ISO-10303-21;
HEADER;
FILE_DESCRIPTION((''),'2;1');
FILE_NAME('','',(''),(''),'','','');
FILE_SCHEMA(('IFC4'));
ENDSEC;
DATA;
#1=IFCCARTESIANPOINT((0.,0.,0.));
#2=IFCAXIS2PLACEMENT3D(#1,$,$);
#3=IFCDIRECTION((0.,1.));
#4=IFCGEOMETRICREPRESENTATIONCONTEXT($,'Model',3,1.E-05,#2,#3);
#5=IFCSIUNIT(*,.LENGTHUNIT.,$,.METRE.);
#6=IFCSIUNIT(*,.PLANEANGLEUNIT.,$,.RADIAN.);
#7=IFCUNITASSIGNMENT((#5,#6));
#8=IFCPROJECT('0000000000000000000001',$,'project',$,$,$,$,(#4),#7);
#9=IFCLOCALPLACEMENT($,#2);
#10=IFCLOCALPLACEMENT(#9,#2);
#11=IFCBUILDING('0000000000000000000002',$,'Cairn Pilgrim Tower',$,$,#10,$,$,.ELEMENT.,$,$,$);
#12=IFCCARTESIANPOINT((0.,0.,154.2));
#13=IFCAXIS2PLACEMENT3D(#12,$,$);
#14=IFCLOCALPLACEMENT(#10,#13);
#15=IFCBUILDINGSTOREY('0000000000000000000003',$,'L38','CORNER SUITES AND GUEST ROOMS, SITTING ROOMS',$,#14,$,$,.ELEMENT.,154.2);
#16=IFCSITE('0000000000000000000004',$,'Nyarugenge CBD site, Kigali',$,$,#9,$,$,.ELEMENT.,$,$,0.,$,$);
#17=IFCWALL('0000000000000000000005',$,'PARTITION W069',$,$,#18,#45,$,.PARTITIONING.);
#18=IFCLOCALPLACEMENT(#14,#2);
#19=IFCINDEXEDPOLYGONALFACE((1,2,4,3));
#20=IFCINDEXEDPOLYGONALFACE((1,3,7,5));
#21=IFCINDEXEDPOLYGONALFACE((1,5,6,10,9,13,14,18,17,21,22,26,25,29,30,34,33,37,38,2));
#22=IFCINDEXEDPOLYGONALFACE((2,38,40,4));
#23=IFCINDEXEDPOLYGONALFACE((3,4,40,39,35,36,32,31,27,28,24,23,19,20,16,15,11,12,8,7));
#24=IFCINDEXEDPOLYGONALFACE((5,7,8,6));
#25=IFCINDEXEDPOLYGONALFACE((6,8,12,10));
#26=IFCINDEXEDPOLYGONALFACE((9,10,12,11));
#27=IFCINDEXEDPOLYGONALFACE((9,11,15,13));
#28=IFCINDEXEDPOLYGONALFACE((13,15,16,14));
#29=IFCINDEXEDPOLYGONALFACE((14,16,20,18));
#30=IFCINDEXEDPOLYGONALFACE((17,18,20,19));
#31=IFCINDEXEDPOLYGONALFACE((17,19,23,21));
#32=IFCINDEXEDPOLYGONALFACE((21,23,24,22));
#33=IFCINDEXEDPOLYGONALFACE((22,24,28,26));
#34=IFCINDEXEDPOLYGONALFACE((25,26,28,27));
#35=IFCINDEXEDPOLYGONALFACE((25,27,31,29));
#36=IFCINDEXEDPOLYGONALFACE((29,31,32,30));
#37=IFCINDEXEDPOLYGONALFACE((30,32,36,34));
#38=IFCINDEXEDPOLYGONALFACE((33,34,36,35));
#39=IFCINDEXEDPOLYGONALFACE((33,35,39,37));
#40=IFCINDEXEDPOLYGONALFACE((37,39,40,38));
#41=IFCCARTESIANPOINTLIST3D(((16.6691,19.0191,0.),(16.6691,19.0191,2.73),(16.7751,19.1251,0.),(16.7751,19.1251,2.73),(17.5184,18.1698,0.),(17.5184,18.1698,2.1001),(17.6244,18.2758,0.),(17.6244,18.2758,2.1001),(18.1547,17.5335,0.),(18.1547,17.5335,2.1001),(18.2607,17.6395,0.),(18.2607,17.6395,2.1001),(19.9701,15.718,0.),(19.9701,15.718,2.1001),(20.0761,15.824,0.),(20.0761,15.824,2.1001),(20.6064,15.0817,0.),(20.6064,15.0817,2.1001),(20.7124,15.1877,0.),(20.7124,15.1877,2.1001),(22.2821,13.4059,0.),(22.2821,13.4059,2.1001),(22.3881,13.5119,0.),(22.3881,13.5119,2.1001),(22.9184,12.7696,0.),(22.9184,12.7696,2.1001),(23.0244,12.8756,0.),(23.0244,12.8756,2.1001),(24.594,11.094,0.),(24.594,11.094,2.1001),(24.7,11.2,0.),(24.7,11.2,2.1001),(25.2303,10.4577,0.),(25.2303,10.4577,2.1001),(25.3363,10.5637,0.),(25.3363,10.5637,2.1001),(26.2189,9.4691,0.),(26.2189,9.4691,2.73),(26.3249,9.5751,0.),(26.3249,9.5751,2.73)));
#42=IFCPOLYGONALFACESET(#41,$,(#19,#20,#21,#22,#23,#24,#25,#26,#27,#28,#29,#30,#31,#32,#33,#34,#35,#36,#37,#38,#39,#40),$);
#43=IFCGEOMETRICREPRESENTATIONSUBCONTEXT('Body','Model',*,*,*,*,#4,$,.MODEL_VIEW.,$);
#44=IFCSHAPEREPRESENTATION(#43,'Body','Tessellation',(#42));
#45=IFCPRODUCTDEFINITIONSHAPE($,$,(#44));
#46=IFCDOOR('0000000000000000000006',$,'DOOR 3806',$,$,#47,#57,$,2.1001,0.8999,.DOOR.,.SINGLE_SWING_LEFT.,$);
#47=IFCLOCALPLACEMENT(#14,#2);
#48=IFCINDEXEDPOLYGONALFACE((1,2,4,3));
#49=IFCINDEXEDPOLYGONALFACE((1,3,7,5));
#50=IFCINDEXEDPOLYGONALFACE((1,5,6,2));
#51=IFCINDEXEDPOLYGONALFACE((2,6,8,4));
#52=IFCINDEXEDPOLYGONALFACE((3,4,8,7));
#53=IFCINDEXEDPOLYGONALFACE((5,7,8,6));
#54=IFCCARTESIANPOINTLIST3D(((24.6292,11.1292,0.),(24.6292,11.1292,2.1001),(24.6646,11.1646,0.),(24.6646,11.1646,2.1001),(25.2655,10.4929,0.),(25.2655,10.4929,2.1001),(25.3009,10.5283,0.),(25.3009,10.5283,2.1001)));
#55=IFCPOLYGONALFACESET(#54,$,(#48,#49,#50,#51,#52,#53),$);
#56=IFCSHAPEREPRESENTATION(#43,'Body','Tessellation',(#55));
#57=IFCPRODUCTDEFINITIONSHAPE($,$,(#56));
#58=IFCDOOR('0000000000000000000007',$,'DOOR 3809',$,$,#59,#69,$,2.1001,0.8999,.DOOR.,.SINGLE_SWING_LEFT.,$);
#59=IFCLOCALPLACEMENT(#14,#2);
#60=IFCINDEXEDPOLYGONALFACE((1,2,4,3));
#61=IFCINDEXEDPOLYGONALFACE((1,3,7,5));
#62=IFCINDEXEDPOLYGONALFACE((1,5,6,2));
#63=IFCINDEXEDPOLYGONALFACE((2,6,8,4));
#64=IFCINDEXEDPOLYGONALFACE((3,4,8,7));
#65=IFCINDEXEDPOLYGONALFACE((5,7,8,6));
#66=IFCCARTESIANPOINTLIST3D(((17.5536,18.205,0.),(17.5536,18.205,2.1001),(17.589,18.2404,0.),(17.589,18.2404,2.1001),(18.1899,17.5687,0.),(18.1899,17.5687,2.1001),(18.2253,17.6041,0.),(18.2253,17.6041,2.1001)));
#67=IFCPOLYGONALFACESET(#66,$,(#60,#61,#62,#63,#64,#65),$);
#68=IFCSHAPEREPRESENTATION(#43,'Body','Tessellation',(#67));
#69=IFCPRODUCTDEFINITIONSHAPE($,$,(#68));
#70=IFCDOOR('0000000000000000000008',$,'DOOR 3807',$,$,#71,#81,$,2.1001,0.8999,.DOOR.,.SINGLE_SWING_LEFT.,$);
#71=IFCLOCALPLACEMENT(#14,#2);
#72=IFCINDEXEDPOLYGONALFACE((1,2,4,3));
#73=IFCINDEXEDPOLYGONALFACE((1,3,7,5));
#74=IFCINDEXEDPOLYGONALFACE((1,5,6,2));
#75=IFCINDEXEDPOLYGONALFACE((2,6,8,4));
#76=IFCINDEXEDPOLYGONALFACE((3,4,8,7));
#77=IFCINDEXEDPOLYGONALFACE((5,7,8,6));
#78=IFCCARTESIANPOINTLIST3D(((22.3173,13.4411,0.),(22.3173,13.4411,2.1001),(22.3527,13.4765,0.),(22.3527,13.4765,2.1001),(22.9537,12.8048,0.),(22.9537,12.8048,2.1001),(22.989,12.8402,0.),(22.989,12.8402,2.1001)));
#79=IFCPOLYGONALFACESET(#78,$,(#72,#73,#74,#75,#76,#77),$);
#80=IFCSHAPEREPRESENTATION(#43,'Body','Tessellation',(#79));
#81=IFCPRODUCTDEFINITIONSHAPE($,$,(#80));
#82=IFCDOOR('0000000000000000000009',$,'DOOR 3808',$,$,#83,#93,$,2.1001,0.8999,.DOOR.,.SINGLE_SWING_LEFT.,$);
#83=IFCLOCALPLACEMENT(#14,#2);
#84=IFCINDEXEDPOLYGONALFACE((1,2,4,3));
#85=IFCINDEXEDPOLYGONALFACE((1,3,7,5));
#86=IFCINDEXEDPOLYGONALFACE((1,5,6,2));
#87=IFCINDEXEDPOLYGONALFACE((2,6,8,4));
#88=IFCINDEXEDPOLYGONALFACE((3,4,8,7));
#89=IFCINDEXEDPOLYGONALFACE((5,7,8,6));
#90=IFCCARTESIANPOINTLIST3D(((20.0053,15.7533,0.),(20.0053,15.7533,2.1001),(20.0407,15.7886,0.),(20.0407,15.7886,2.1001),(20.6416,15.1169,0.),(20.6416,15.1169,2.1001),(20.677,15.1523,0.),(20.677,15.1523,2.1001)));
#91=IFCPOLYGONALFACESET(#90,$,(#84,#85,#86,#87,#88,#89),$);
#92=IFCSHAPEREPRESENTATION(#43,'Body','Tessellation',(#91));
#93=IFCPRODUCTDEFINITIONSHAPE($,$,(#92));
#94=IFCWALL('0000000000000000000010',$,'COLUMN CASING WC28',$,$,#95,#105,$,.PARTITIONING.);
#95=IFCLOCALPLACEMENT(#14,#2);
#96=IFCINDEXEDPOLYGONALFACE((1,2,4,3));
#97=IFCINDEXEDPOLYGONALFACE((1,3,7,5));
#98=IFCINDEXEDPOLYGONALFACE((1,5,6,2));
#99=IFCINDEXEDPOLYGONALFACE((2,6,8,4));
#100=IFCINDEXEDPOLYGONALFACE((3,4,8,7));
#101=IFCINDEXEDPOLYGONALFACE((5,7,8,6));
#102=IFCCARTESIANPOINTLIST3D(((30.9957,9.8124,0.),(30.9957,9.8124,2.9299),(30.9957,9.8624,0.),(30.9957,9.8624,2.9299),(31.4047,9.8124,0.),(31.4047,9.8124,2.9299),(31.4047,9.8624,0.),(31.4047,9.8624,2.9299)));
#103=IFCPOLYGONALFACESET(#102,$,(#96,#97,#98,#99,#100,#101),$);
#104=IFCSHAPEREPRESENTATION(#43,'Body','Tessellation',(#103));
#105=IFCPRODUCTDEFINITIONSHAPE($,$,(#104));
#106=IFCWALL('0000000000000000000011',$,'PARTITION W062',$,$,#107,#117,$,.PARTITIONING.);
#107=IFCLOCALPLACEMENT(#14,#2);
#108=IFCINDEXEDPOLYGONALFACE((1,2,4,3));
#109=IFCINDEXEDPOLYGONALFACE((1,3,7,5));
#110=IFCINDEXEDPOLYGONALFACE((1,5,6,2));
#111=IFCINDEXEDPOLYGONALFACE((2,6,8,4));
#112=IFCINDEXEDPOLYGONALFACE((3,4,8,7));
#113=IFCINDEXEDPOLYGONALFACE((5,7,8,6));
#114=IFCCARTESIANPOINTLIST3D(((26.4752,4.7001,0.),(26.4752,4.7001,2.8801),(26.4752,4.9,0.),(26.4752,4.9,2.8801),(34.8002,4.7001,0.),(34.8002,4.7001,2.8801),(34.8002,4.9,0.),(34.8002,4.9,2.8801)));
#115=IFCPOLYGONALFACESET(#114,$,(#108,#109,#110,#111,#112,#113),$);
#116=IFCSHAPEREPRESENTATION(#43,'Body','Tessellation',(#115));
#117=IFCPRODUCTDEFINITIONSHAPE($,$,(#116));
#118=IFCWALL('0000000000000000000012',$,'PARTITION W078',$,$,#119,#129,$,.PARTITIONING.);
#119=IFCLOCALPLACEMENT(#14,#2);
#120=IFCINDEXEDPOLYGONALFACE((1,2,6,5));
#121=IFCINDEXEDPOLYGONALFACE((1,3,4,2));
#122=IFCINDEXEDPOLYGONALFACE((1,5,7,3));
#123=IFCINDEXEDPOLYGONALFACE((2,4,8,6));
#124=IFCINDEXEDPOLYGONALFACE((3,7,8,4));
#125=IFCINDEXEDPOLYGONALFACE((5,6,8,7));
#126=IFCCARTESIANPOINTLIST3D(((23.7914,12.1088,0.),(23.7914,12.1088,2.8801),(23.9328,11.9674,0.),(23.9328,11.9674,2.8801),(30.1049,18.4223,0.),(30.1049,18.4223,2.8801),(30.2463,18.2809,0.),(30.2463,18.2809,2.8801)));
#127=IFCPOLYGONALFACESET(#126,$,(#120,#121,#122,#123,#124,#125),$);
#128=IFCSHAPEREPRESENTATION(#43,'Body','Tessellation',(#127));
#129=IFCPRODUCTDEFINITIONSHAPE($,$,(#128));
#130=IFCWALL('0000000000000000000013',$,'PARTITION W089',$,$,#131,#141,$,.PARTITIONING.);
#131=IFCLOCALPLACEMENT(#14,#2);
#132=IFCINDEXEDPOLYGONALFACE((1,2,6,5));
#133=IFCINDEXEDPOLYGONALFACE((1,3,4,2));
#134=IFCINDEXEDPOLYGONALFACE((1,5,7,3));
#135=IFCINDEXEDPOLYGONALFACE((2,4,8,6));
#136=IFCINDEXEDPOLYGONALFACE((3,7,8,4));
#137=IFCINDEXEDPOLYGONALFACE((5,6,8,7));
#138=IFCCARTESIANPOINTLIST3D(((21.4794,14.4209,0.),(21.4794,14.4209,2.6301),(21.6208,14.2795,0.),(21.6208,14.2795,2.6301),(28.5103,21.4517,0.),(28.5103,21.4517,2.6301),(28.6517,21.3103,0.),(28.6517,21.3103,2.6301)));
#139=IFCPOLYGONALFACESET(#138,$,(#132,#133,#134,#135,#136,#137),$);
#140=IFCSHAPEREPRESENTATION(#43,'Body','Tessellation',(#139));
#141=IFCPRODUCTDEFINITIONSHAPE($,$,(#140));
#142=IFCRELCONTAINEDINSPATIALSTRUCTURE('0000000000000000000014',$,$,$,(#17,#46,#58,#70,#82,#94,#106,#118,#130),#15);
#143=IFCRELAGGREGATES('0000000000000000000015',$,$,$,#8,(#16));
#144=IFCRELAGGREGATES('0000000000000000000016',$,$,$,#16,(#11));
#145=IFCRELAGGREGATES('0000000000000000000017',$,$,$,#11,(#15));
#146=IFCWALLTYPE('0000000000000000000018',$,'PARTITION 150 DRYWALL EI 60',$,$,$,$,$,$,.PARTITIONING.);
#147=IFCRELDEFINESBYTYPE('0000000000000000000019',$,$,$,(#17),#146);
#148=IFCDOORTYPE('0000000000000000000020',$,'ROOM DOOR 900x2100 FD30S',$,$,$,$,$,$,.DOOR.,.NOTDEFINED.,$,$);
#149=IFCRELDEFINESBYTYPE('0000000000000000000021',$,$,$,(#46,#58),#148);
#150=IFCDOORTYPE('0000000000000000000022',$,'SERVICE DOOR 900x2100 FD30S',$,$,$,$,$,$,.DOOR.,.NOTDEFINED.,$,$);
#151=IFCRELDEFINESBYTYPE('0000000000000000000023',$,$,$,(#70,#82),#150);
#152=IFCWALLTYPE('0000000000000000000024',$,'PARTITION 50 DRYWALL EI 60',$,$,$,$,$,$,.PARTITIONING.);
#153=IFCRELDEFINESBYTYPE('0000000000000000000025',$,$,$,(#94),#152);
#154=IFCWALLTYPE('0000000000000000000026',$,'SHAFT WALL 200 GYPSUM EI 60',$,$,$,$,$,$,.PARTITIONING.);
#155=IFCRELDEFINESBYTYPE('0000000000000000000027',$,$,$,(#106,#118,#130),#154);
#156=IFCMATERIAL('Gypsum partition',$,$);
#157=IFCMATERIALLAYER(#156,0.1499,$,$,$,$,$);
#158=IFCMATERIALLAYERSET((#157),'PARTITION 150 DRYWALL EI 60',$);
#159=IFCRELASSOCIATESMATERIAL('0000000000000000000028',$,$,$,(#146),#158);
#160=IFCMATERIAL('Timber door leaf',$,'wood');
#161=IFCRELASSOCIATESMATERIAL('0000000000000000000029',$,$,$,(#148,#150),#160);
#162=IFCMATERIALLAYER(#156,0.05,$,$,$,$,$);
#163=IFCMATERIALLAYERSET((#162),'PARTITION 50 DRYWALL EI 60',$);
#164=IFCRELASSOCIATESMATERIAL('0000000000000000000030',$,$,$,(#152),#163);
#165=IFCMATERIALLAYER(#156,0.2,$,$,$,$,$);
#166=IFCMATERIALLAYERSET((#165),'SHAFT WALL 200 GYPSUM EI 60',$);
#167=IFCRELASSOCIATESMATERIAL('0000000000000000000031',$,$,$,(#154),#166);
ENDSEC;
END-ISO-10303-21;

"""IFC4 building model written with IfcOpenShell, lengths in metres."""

from ifc_helpers import new_model, si_unit, direction, frame, frame_2d, origin, place, context, subcontext, project, spatial, rectangle, extrude, material, layer, layer_set, type_object, element, fill, save


model = new_model("IFC4")

# Units and contexts
model_context = context("Model", 3, precision=1e-05, world=origin(), true_north=direction((0.0, 1.0)))
body_context = subcontext(model_context, "Body", "Model", "MODEL_VIEW")
ifc_project = project(units=[si_unit("LENGTHUNIT", "METRE"), si_unit("PLANEANGLEUNIT", "RADIAN")], contexts=[model_context])

# Site, building, storey
site_placement = place(None, origin())
site = spatial("IfcSite", under=ifc_project, at=site_placement, Name="Nyarugenge CBD site, Kigali", CompositionType="ELEMENT", RefElevation=0.0)
building_placement = place(site_placement, origin())
building = spatial("IfcBuilding", under=site, at=building_placement, Name="Cairn Pilgrim Tower", CompositionType="ELEMENT")
storey_placement = place(building_placement, frame((0.0, 0.0, 154.2)))
storey = spatial("IfcBuildingStorey", under=building, at=storey_placement, Name="L38", Description="CORNER SUITES AND GUEST ROOMS, SITTING ROOMS", CompositionType="ELEMENT", Elevation=154.2)

# Shared definitions
ifc_material_1 = material(Name="Gypsum partition")

# Shared definitions
ifc_material_2 = material(Name="Timber door leaf", Category="wood")

# Shared definitions
ifc_layer_1 = layer(ifc_material_1, 0.1499)
ifc_layer_set_1 = layer_set([ifc_layer_1], Name="PARTITION 150 DRYWALL EI 60")
wall_type_1 = type_object("IfcWallType", Name="PARTITION 150 DRYWALL EI 60", PredefinedType="PARTITIONING", material=ifc_layer_set_1)

# Wall, openings, doors
wall_1_placement = place(storey_placement, frame((26.272, 9.522, 0.0), z_axis=(0.0, 0.0, 1.0), x_axis=(-0.707098, 0.707116, 0.0)))
wall_1 = element("IfcWall", 1, at=wall_1_placement, inside=storey, type_object=wall_type_1, Name="PARTITION W069", PredefinedType="PARTITIONING", context=body_context, shape_type="SweptSolid", body=[
    extrude(rectangle(XDim=13.5056, YDim=0.1499, at=frame_2d((6.7529, 0.0))), origin(), (0.0, 0.0, 1.0), 2.73),
])
opening_1_placement = place(wall_1_placement, frame((1.3982, 0.0, 0.0)))
opening_1 = element("IfcOpeningElement", 2, at=opening_1_placement, cuts=wall_1, PredefinedType="OPENING", context=body_context, shape_type="SweptSolid", body=[
    extrude(rectangle(XDim=0.8999, YDim=2.1001, at=frame_2d((0.45, 1.05))), frame((0.0, 0.085, 0.0), z_axis=(0.0, -1.0, 0.0), x_axis=(1.0, 0.0, 0.0)), (0.0, 0.0, 1.0), 0.1699),
])
opening_2_placement = place(wall_1_placement, frame((4.6677, 0.0, 0.0)))
opening_2 = element("IfcOpeningElement", 3, at=opening_2_placement, cuts=wall_1, PredefinedType="OPENING", context=body_context, shape_type="SweptSolid", body=[
    extrude(rectangle(XDim=0.8999, YDim=2.1001, at=frame_2d((0.45, 1.05))), frame((0.0, 0.085, 0.0), z_axis=(0.0, -1.0, 0.0), x_axis=(1.0, 0.0, 0.0)), (0.0, 0.0, 1.0), 0.1699),
])
opening_3_placement = place(wall_1_placement, frame((7.9375, 0.0, 0.0)))
opening_3 = element("IfcOpeningElement", 4, at=opening_3_placement, cuts=wall_1, PredefinedType="OPENING", context=body_context, shape_type="SweptSolid", body=[
    extrude(rectangle(XDim=0.8999, YDim=2.1001, at=frame_2d((0.45, 1.05))), frame((0.0, 0.085, 0.0), z_axis=(0.0, -1.0, 0.0), x_axis=(1.0, 0.0, 0.0)), (0.0, 0.0, 1.0), 0.1699),
])
opening_4_placement = place(wall_1_placement, frame((11.4048, 0.0, 0.0)))
opening_4 = element("IfcOpeningElement", 5, at=opening_4_placement, cuts=wall_1, PredefinedType="OPENING", context=body_context, shape_type="SweptSolid", body=[
    extrude(rectangle(XDim=0.8999, YDim=2.1001, at=frame_2d((0.45, 1.05))), frame((0.0, 0.085, 0.0), z_axis=(0.0, -1.0, 0.0), x_axis=(1.0, 0.0, 0.0)), (0.0, 0.0, 1.0), 0.1699),
])
door_type_1 = type_object("IfcDoorType", Name="ROOM DOOR 900x2100 FD30S", OperationType="NOTDEFINED", PredefinedType="DOOR", material=ifc_material_2)
door_1_placement = place(opening_1_placement, frame((0.8999, 0.0, 0.0), z_axis=(0.0, 0.0, 1.0), x_axis=(-1.0, 0.0, 0.0)))
door_1 = element("IfcDoor", 6, at=door_1_placement, inside=storey, type_object=door_type_1, Name="DOOR 3806", OperationType="SINGLE_SWING_LEFT", OverallHeight=2.1001, OverallWidth=0.8999, PredefinedType="DOOR", context=body_context, shape_type="SweptSolid", body=[
    extrude(rectangle(XDim=0.8999, YDim=2.1001, at=frame_2d((0.45, 1.05))), frame((0.0, 0.0249, 0.0), z_axis=(0.0, -1.0, 0.0), x_axis=(1.0, 0.0, 0.0)), (0.0, 0.0, 1.0), 0.05),
])
fill(opening_1, door_1)
door_2_placement = place(opening_4_placement, frame((0.8999, 0.0, 0.0), z_axis=(0.0, 0.0, 1.0), x_axis=(-1.0, 0.0, 0.0)))
door_2 = element("IfcDoor", 7, at=door_2_placement, inside=storey, type_object=door_type_1, Name="DOOR 3809", OperationType="SINGLE_SWING_LEFT", OverallHeight=2.1001, OverallWidth=0.8999, PredefinedType="DOOR", context=body_context, shape_type="SweptSolid", body=[
    extrude(rectangle(XDim=0.8999, YDim=2.1001, at=frame_2d((0.45, 1.05))), frame((0.0, 0.0249, 0.0), z_axis=(0.0, -1.0, 0.0), x_axis=(1.0, 0.0, 0.0)), (0.0, 0.0, 1.0), 0.05),
])
fill(opening_4, door_2)
door_type_2 = type_object("IfcDoorType", Name="SERVICE DOOR 900x2100 FD30S", OperationType="NOTDEFINED", PredefinedType="DOOR", material=ifc_material_2)
door_3_placement = place(opening_2_placement, frame((0.8999, 0.0, 0.0), z_axis=(0.0, 0.0, 1.0), x_axis=(-1.0, 0.0, 0.0)))
door_3 = element("IfcDoor", 8, at=door_3_placement, inside=storey, type_object=door_type_2, Name="DOOR 3807", OperationType="SINGLE_SWING_LEFT", OverallHeight=2.1001, OverallWidth=0.8999, PredefinedType="DOOR", context=body_context, shape_type="SweptSolid", body=[
    extrude(rectangle(XDim=0.8999, YDim=2.1001, at=frame_2d((0.45, 1.05))), frame((0.0, 0.0249, 0.0), z_axis=(0.0, -1.0, 0.0), x_axis=(1.0, 0.0, 0.0)), (0.0, 0.0, 1.0), 0.05),
])
fill(opening_2, door_3)
door_4_placement = place(opening_3_placement, frame((0.8999, 0.0, 0.0), z_axis=(0.0, 0.0, 1.0), x_axis=(-1.0, 0.0, 0.0)))
door_4 = element("IfcDoor", 9, at=door_4_placement, inside=storey, type_object=door_type_2, Name="DOOR 3808", OperationType="SINGLE_SWING_LEFT", OverallHeight=2.1001, OverallWidth=0.8999, PredefinedType="DOOR", context=body_context, shape_type="SweptSolid", body=[
    extrude(rectangle(XDim=0.8999, YDim=2.1001, at=frame_2d((0.45, 1.05))), frame((0.0, 0.0249, 0.0), z_axis=(0.0, -1.0, 0.0), x_axis=(1.0, 0.0, 0.0)), (0.0, 0.0, 1.0), 0.05),
])
fill(opening_3, door_4)

# Walls
ifc_layer_2 = layer(ifc_material_1, 0.05)
ifc_layer_set_2 = layer_set([ifc_layer_2], Name="PARTITION 50 DRYWALL EI 60")
wall_type_2 = type_object("IfcWallType", Name="PARTITION 50 DRYWALL EI 60", PredefinedType="PARTITIONING", material=ifc_layer_set_2)
wall_2_placement = place(storey_placement, frame((30.9956, 9.8374, 0.0), z_axis=(0.0, 0.0, 1.0), x_axis=(1.0, 0.0, 0.0)))
element("IfcWall", 10, at=wall_2_placement, inside=storey, type_object=wall_type_2, Name="COLUMN CASING WC28", PredefinedType="PARTITIONING", context=body_context, shape_type="SweptSolid", body=[
    extrude(rectangle(XDim=0.4089, YDim=0.05, at=frame_2d((0.2046, 0.0))), origin(), (0.0, 0.0, 1.0), 2.9299),
])
ifc_layer_3 = layer(ifc_material_1, 0.2)
ifc_layer_set_3 = layer_set([ifc_layer_3], Name="SHAFT WALL 200 GYPSUM EI 60")
wall_type_3 = type_object("IfcWallType", Name="SHAFT WALL 200 GYPSUM EI 60", PredefinedType="PARTITIONING", material=ifc_layer_set_3)
wall_3_placement = place(storey_placement, frame((26.4751, 4.8, 0.0), z_axis=(0.0, 0.0, 1.0), x_axis=(1.0, 0.0, 0.0)))
element("IfcWall", 11, at=wall_3_placement, inside=storey, type_object=wall_type_3, Name="PARTITION W062", PredefinedType="PARTITIONING", context=body_context, shape_type="SweptSolid", body=[
    extrude(rectangle(XDim=8.325, YDim=0.2, at=frame_2d((4.1626, 0.0))), origin(), (0.0, 0.0, 1.0), 2.8801),
])
wall_4_placement = place(storey_placement, frame((23.8621, 12.0381, 0.0), z_axis=(0.0, 0.0, 1.0), x_axis=(0.707107, 0.707107, 0.0)))
element("IfcWall", 12, at=wall_4_placement, inside=storey, type_object=wall_type_3, Name="PARTITION W078", PredefinedType="PARTITIONING", context=body_context, shape_type="SweptSolid", body=[
    extrude(rectangle(XDim=8.9287, YDim=0.2, at=frame_2d((4.4644, 0.0))), origin(), (0.0, 0.0, 1.0), 2.8801),
])
wall_5_placement = place(storey_placement, frame((21.55, 14.3501, 0.0), z_axis=(0.0, 0.0, 1.0), x_axis=(0.707107, 0.707107, 0.0)))
element("IfcWall", 13, at=wall_5_placement, inside=storey, type_object=wall_type_3, Name="PARTITION W089", PredefinedType="PARTITIONING", context=body_context, shape_type="SweptSolid", body=[
    extrude(rectangle(XDim=9.9431, YDim=0.2, at=frame_2d((4.9717, 0.0))), origin(), (0.0, 0.0, 1.0), 2.6301),
])

save(model, "model.ifc")
